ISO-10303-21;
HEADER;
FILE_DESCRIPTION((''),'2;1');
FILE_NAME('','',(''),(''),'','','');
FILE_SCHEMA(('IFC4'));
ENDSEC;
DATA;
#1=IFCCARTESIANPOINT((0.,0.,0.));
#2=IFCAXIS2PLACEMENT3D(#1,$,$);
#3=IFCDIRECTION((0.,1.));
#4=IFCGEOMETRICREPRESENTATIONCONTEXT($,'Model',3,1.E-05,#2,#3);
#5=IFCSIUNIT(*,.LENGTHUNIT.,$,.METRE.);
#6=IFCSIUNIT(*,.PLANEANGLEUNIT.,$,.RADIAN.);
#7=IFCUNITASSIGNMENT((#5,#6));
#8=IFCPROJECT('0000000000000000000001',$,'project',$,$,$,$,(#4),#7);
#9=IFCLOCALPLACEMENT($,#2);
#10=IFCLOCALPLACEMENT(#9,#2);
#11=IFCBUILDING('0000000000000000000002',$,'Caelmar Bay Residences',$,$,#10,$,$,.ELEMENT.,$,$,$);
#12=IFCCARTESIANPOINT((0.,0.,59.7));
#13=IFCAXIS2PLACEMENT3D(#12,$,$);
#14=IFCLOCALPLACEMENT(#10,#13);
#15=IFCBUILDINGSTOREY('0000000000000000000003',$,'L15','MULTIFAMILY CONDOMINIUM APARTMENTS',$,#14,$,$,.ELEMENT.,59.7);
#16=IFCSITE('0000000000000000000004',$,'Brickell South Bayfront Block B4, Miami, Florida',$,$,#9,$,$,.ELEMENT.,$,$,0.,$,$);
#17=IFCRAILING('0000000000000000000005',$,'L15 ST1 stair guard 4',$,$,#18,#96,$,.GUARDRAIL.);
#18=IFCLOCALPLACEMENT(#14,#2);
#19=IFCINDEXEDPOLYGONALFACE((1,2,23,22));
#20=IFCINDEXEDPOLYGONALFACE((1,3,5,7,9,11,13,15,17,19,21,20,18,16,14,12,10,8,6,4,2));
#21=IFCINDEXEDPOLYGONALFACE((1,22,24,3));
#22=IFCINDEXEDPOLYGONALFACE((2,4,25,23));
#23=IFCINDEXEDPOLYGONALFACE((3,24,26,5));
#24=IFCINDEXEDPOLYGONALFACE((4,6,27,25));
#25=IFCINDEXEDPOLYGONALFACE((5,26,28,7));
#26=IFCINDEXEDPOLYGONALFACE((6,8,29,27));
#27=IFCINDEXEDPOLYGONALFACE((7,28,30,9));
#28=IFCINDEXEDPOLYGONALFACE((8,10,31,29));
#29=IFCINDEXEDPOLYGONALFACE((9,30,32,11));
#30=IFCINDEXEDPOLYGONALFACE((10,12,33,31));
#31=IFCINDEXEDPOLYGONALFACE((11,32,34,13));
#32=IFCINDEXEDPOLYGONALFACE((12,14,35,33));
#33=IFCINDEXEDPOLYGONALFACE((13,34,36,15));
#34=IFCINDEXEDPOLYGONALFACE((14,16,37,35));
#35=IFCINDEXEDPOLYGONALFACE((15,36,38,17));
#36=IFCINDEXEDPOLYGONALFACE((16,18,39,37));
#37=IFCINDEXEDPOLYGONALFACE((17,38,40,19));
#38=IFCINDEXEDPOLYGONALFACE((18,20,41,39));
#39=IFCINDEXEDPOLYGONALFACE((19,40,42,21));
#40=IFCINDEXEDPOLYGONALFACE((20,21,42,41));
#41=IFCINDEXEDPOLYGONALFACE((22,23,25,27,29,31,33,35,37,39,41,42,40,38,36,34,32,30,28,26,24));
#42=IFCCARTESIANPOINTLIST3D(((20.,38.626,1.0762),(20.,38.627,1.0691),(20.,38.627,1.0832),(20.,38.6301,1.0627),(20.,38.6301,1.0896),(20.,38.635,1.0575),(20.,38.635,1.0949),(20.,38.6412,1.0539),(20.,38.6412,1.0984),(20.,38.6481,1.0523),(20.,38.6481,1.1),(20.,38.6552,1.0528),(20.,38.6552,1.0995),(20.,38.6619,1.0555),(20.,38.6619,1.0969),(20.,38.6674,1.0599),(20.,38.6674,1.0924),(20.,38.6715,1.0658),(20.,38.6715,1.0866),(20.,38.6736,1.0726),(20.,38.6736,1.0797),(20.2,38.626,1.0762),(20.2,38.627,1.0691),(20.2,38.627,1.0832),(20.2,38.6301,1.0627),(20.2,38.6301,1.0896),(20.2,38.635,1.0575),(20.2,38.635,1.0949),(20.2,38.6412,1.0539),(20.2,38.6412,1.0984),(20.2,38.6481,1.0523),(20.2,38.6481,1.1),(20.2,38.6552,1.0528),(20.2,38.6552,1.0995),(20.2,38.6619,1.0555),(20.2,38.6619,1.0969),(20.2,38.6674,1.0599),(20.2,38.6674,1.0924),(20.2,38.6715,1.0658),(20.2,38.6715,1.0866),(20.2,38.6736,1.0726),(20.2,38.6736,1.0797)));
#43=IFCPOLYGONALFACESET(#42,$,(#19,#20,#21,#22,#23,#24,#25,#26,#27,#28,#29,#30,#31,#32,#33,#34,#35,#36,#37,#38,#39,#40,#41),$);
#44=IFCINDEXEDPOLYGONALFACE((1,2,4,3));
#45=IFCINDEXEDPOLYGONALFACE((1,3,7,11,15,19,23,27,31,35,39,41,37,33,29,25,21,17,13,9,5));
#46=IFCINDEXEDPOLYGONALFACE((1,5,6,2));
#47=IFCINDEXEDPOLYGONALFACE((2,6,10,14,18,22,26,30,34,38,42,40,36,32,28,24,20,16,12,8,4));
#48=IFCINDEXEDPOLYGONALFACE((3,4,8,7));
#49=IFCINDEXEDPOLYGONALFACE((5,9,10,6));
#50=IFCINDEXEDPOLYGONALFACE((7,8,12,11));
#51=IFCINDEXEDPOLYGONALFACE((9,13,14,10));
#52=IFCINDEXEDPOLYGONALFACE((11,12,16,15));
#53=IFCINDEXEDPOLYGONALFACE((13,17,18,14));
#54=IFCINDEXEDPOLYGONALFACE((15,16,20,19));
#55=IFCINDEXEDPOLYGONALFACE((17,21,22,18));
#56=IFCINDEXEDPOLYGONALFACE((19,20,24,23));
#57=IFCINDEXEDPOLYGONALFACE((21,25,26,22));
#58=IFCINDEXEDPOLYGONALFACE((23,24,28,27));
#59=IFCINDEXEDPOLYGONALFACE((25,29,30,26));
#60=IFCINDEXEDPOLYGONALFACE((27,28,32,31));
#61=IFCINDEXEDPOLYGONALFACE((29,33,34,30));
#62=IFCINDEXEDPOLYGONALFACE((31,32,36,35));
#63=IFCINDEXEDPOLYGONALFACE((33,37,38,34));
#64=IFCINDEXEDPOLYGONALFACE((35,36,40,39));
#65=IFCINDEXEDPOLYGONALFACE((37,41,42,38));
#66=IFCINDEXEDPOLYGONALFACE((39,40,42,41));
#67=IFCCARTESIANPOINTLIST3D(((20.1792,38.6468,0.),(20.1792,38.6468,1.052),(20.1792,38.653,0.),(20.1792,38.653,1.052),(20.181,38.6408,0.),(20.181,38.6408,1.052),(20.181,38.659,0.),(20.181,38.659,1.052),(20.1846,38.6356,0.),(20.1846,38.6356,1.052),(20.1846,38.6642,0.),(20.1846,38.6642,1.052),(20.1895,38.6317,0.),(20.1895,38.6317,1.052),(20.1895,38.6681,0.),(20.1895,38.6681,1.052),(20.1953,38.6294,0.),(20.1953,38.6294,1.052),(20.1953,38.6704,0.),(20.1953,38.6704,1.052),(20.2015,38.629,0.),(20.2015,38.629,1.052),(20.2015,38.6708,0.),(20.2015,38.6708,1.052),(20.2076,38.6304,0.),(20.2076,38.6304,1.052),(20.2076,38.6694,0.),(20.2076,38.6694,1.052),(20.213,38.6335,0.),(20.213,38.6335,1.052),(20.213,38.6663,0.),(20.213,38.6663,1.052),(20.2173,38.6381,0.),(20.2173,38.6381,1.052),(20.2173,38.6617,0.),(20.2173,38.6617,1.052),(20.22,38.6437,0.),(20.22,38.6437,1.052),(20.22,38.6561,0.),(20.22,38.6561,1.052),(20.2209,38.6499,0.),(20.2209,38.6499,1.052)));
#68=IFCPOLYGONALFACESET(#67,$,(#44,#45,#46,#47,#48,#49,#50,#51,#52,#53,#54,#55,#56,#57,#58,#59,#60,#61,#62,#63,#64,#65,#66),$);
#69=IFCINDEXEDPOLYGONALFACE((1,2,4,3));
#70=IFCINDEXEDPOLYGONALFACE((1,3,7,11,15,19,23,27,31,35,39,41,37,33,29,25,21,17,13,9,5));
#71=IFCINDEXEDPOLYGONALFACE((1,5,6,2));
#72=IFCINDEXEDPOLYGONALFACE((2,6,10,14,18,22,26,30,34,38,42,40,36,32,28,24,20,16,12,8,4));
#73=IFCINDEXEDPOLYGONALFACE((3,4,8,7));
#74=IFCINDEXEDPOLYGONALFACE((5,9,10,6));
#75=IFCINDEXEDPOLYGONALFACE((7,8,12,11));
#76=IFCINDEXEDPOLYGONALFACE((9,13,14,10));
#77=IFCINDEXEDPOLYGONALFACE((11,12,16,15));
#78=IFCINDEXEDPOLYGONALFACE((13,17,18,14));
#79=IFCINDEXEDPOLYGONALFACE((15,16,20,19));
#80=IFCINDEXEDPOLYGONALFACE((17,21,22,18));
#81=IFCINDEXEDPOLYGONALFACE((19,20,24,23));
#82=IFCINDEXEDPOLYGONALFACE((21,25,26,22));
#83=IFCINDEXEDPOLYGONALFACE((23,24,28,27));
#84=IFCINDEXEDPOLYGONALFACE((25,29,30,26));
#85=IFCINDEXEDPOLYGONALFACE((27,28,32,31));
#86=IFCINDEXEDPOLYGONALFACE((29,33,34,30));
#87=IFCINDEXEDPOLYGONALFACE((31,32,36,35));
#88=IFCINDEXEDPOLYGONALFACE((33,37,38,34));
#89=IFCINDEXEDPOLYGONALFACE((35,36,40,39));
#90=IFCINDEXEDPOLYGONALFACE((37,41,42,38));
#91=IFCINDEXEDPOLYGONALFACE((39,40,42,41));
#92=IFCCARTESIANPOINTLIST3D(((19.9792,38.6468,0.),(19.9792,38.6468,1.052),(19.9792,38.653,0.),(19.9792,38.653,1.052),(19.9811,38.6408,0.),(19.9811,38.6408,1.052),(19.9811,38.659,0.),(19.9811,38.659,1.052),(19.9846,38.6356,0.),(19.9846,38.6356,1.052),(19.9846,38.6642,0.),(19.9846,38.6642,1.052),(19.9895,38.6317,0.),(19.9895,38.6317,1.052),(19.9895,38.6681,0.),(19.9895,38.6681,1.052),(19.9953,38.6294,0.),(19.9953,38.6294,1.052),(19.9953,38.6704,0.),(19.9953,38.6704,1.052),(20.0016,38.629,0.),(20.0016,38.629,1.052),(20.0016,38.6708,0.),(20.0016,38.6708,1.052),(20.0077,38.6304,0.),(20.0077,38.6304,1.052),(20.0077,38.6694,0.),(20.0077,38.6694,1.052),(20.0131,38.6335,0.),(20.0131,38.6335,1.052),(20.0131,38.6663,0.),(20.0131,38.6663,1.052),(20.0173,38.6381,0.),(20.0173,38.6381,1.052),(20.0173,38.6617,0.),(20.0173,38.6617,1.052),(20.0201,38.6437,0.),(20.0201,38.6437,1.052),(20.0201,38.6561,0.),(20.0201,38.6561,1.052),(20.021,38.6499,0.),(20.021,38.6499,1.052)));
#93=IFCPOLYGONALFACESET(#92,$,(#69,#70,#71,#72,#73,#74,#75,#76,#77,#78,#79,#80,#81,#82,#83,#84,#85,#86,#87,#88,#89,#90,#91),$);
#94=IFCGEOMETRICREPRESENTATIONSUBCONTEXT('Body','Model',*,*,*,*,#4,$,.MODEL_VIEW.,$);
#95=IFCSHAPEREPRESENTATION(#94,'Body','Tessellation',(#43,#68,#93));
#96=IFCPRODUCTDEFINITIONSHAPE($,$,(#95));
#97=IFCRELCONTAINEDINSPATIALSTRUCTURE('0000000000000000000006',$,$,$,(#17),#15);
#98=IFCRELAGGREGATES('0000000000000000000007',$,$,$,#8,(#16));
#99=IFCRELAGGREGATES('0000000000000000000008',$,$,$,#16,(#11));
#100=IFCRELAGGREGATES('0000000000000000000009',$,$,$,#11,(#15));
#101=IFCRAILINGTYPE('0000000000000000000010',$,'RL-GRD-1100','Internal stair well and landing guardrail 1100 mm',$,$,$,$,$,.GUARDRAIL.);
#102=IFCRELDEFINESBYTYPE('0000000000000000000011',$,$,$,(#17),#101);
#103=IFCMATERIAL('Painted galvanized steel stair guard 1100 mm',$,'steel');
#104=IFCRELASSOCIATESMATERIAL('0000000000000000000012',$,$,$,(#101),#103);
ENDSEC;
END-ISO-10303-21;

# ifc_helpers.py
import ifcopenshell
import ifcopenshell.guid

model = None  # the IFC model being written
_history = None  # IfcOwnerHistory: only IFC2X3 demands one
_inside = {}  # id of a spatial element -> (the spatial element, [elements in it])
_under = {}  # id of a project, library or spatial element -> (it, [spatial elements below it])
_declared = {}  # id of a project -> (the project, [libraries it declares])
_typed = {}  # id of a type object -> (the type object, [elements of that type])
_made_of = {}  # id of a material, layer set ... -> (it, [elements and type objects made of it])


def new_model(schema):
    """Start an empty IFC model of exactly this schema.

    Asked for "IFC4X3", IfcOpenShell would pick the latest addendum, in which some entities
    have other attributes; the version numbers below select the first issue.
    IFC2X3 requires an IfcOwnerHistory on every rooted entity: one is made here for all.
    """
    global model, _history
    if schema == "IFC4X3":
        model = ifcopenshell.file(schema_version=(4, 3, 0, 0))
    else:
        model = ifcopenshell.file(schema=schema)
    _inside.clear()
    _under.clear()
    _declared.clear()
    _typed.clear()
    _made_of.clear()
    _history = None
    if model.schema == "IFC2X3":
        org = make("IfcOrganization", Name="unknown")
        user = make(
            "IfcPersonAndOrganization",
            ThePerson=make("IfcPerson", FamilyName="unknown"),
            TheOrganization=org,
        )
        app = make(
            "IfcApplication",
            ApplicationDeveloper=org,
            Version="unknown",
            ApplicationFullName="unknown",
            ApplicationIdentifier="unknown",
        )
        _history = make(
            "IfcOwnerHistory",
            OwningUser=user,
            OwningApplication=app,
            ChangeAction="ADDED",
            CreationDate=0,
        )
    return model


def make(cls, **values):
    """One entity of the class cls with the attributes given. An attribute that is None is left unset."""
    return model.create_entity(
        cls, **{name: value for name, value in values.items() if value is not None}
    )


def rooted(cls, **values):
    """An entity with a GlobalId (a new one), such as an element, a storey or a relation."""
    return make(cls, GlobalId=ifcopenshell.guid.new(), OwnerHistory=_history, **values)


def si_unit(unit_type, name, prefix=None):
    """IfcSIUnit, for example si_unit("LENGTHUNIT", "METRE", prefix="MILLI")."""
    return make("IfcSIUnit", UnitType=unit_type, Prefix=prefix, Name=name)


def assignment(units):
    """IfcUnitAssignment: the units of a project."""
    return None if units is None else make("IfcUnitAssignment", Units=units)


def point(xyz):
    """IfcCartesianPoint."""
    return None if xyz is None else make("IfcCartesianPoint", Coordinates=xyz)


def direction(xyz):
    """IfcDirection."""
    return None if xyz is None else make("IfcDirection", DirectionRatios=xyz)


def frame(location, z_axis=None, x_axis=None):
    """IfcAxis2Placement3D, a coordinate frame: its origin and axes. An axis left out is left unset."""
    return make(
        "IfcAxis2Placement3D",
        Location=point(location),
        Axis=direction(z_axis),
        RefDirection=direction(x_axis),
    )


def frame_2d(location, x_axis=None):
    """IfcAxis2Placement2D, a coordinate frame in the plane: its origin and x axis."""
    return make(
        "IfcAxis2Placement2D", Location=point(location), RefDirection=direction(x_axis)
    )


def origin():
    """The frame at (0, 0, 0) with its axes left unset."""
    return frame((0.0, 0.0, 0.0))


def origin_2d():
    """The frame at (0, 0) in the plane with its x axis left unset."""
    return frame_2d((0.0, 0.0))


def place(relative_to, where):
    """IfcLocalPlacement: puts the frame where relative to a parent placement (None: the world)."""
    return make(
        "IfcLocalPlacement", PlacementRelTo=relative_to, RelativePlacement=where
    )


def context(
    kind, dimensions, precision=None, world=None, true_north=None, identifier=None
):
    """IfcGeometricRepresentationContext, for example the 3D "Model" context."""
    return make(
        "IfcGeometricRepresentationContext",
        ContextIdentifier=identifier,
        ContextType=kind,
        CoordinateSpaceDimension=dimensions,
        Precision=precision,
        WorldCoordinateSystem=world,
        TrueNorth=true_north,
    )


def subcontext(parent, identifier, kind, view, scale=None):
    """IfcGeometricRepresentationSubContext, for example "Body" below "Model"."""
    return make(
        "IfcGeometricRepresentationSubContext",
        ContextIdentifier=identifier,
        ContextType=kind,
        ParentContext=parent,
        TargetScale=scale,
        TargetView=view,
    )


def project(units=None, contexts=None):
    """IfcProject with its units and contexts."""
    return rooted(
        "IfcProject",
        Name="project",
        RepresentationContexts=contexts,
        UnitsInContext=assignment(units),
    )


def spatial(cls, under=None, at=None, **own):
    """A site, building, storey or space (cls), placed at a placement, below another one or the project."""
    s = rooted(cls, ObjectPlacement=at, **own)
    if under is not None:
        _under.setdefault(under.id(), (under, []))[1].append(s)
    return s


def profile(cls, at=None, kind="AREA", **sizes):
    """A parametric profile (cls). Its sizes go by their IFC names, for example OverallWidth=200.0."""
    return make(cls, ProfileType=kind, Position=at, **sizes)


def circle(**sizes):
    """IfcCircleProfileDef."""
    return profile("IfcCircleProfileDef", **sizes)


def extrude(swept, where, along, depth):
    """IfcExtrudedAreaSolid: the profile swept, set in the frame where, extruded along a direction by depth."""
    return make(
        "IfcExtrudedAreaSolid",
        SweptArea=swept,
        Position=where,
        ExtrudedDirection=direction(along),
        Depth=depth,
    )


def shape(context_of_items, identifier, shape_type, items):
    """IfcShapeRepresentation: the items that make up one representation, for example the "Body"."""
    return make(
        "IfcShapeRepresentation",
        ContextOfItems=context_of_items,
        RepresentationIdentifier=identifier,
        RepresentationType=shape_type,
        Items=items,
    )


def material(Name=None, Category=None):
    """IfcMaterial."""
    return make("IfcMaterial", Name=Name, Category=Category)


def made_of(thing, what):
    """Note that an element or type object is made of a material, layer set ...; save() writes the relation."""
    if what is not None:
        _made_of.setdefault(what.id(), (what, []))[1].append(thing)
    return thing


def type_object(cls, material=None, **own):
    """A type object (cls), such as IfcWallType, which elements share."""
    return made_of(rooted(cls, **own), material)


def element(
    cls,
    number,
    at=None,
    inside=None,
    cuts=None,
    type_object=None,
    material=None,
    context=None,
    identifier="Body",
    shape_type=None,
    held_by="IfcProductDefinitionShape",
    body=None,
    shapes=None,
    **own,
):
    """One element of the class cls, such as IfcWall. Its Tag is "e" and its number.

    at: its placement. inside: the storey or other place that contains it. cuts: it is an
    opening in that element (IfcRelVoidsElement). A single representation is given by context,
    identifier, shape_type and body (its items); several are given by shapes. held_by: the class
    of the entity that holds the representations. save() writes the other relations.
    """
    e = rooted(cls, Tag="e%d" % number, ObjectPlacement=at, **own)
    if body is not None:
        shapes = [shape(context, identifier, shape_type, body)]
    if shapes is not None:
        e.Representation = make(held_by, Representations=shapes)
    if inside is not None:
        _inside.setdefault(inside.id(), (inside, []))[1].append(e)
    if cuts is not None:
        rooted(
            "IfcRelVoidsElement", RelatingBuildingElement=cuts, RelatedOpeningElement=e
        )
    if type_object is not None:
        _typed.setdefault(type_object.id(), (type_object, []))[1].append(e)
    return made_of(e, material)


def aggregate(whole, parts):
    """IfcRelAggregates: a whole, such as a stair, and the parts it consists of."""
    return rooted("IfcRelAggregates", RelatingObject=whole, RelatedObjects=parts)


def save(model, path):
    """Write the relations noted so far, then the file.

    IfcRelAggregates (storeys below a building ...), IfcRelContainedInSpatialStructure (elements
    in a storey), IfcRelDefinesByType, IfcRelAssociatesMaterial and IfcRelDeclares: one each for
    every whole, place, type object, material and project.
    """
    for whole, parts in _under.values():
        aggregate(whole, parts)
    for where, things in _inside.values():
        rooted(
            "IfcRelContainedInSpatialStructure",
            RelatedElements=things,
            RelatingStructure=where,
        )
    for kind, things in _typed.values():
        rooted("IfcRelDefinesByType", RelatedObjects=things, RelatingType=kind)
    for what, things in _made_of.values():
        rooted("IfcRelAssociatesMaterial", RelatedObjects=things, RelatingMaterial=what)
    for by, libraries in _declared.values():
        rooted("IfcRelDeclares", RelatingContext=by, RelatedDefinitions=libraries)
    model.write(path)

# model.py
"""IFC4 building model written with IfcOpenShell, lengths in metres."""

from ifc_helpers import new_model, si_unit, direction, frame, origin, origin_2d, place, context, subcontext, project, spatial, circle, extrude, material, type_object, element, save


model = new_model("IFC4")

# Units and contexts
model_context = context("Model", 3, precision=1e-05, world=origin(), true_north=direction((0.0, 1.0)))
body_context = subcontext(model_context, "Body", "Model", "MODEL_VIEW")
ifc_project = project(units=[si_unit("LENGTHUNIT", "METRE"), si_unit("PLANEANGLEUNIT", "RADIAN")], contexts=[model_context])

# Site, building, storey
site_placement = place(None, origin())
site = spatial("IfcSite", under=ifc_project, at=site_placement, Name="Brickell South Bayfront Block B4, Miami, Florida", CompositionType="ELEMENT", RefElevation=0.0)
building_placement = place(site_placement, origin())
building = spatial("IfcBuilding", under=site, at=building_placement, Name="Caelmar Bay Residences", CompositionType="ELEMENT")
storey_placement = place(building_placement, frame((0.0, 0.0, 59.7)))
storey = spatial("IfcBuildingStorey", under=building, at=storey_placement, Name="L15", Description="MULTIFAMILY CONDOMINIUM APARTMENTS", CompositionType="ELEMENT", Elevation=59.7)

# Railing
ifc_material_1 = material(Name="Painted galvanized steel stair guard 1100 mm", Category="steel")
railing_type_1 = type_object("IfcRailingType", Name="RL-GRD-1100", Description="Internal stair well and landing guardrail 1100 mm", PredefinedType="GUARDRAIL", material=ifc_material_1)
railing_1_placement = place(storey_placement, frame((20.2, 38.6499, 0.0)))
element("IfcRailing", 1, at=railing_1_placement, inside=storey, type_object=railing_type_1, Name="L15 ST1 stair guard 4", PredefinedType="GUARDRAIL", context=body_context, shape_type="SweptSolid", body=[
    extrude(circle(Radius=0.0239, at=origin_2d()), frame((0.0, 0.0, 1.0762), z_axis=(-1.0, 0.0, 0.0), x_axis=(0.0, -1.0, 0.0)), (0.0, 0.0, 1.0), 0.2),
    extrude(circle(Radius=0.021, at=origin_2d()), origin(), (0.0, 0.0, 1.0), 1.052),
    extrude(circle(Radius=0.021, at=origin_2d()), frame((-0.2, 0.0, 0.0)), (0.0, 0.0, 1.0), 1.052),
])

save(model, "model.ifc")
